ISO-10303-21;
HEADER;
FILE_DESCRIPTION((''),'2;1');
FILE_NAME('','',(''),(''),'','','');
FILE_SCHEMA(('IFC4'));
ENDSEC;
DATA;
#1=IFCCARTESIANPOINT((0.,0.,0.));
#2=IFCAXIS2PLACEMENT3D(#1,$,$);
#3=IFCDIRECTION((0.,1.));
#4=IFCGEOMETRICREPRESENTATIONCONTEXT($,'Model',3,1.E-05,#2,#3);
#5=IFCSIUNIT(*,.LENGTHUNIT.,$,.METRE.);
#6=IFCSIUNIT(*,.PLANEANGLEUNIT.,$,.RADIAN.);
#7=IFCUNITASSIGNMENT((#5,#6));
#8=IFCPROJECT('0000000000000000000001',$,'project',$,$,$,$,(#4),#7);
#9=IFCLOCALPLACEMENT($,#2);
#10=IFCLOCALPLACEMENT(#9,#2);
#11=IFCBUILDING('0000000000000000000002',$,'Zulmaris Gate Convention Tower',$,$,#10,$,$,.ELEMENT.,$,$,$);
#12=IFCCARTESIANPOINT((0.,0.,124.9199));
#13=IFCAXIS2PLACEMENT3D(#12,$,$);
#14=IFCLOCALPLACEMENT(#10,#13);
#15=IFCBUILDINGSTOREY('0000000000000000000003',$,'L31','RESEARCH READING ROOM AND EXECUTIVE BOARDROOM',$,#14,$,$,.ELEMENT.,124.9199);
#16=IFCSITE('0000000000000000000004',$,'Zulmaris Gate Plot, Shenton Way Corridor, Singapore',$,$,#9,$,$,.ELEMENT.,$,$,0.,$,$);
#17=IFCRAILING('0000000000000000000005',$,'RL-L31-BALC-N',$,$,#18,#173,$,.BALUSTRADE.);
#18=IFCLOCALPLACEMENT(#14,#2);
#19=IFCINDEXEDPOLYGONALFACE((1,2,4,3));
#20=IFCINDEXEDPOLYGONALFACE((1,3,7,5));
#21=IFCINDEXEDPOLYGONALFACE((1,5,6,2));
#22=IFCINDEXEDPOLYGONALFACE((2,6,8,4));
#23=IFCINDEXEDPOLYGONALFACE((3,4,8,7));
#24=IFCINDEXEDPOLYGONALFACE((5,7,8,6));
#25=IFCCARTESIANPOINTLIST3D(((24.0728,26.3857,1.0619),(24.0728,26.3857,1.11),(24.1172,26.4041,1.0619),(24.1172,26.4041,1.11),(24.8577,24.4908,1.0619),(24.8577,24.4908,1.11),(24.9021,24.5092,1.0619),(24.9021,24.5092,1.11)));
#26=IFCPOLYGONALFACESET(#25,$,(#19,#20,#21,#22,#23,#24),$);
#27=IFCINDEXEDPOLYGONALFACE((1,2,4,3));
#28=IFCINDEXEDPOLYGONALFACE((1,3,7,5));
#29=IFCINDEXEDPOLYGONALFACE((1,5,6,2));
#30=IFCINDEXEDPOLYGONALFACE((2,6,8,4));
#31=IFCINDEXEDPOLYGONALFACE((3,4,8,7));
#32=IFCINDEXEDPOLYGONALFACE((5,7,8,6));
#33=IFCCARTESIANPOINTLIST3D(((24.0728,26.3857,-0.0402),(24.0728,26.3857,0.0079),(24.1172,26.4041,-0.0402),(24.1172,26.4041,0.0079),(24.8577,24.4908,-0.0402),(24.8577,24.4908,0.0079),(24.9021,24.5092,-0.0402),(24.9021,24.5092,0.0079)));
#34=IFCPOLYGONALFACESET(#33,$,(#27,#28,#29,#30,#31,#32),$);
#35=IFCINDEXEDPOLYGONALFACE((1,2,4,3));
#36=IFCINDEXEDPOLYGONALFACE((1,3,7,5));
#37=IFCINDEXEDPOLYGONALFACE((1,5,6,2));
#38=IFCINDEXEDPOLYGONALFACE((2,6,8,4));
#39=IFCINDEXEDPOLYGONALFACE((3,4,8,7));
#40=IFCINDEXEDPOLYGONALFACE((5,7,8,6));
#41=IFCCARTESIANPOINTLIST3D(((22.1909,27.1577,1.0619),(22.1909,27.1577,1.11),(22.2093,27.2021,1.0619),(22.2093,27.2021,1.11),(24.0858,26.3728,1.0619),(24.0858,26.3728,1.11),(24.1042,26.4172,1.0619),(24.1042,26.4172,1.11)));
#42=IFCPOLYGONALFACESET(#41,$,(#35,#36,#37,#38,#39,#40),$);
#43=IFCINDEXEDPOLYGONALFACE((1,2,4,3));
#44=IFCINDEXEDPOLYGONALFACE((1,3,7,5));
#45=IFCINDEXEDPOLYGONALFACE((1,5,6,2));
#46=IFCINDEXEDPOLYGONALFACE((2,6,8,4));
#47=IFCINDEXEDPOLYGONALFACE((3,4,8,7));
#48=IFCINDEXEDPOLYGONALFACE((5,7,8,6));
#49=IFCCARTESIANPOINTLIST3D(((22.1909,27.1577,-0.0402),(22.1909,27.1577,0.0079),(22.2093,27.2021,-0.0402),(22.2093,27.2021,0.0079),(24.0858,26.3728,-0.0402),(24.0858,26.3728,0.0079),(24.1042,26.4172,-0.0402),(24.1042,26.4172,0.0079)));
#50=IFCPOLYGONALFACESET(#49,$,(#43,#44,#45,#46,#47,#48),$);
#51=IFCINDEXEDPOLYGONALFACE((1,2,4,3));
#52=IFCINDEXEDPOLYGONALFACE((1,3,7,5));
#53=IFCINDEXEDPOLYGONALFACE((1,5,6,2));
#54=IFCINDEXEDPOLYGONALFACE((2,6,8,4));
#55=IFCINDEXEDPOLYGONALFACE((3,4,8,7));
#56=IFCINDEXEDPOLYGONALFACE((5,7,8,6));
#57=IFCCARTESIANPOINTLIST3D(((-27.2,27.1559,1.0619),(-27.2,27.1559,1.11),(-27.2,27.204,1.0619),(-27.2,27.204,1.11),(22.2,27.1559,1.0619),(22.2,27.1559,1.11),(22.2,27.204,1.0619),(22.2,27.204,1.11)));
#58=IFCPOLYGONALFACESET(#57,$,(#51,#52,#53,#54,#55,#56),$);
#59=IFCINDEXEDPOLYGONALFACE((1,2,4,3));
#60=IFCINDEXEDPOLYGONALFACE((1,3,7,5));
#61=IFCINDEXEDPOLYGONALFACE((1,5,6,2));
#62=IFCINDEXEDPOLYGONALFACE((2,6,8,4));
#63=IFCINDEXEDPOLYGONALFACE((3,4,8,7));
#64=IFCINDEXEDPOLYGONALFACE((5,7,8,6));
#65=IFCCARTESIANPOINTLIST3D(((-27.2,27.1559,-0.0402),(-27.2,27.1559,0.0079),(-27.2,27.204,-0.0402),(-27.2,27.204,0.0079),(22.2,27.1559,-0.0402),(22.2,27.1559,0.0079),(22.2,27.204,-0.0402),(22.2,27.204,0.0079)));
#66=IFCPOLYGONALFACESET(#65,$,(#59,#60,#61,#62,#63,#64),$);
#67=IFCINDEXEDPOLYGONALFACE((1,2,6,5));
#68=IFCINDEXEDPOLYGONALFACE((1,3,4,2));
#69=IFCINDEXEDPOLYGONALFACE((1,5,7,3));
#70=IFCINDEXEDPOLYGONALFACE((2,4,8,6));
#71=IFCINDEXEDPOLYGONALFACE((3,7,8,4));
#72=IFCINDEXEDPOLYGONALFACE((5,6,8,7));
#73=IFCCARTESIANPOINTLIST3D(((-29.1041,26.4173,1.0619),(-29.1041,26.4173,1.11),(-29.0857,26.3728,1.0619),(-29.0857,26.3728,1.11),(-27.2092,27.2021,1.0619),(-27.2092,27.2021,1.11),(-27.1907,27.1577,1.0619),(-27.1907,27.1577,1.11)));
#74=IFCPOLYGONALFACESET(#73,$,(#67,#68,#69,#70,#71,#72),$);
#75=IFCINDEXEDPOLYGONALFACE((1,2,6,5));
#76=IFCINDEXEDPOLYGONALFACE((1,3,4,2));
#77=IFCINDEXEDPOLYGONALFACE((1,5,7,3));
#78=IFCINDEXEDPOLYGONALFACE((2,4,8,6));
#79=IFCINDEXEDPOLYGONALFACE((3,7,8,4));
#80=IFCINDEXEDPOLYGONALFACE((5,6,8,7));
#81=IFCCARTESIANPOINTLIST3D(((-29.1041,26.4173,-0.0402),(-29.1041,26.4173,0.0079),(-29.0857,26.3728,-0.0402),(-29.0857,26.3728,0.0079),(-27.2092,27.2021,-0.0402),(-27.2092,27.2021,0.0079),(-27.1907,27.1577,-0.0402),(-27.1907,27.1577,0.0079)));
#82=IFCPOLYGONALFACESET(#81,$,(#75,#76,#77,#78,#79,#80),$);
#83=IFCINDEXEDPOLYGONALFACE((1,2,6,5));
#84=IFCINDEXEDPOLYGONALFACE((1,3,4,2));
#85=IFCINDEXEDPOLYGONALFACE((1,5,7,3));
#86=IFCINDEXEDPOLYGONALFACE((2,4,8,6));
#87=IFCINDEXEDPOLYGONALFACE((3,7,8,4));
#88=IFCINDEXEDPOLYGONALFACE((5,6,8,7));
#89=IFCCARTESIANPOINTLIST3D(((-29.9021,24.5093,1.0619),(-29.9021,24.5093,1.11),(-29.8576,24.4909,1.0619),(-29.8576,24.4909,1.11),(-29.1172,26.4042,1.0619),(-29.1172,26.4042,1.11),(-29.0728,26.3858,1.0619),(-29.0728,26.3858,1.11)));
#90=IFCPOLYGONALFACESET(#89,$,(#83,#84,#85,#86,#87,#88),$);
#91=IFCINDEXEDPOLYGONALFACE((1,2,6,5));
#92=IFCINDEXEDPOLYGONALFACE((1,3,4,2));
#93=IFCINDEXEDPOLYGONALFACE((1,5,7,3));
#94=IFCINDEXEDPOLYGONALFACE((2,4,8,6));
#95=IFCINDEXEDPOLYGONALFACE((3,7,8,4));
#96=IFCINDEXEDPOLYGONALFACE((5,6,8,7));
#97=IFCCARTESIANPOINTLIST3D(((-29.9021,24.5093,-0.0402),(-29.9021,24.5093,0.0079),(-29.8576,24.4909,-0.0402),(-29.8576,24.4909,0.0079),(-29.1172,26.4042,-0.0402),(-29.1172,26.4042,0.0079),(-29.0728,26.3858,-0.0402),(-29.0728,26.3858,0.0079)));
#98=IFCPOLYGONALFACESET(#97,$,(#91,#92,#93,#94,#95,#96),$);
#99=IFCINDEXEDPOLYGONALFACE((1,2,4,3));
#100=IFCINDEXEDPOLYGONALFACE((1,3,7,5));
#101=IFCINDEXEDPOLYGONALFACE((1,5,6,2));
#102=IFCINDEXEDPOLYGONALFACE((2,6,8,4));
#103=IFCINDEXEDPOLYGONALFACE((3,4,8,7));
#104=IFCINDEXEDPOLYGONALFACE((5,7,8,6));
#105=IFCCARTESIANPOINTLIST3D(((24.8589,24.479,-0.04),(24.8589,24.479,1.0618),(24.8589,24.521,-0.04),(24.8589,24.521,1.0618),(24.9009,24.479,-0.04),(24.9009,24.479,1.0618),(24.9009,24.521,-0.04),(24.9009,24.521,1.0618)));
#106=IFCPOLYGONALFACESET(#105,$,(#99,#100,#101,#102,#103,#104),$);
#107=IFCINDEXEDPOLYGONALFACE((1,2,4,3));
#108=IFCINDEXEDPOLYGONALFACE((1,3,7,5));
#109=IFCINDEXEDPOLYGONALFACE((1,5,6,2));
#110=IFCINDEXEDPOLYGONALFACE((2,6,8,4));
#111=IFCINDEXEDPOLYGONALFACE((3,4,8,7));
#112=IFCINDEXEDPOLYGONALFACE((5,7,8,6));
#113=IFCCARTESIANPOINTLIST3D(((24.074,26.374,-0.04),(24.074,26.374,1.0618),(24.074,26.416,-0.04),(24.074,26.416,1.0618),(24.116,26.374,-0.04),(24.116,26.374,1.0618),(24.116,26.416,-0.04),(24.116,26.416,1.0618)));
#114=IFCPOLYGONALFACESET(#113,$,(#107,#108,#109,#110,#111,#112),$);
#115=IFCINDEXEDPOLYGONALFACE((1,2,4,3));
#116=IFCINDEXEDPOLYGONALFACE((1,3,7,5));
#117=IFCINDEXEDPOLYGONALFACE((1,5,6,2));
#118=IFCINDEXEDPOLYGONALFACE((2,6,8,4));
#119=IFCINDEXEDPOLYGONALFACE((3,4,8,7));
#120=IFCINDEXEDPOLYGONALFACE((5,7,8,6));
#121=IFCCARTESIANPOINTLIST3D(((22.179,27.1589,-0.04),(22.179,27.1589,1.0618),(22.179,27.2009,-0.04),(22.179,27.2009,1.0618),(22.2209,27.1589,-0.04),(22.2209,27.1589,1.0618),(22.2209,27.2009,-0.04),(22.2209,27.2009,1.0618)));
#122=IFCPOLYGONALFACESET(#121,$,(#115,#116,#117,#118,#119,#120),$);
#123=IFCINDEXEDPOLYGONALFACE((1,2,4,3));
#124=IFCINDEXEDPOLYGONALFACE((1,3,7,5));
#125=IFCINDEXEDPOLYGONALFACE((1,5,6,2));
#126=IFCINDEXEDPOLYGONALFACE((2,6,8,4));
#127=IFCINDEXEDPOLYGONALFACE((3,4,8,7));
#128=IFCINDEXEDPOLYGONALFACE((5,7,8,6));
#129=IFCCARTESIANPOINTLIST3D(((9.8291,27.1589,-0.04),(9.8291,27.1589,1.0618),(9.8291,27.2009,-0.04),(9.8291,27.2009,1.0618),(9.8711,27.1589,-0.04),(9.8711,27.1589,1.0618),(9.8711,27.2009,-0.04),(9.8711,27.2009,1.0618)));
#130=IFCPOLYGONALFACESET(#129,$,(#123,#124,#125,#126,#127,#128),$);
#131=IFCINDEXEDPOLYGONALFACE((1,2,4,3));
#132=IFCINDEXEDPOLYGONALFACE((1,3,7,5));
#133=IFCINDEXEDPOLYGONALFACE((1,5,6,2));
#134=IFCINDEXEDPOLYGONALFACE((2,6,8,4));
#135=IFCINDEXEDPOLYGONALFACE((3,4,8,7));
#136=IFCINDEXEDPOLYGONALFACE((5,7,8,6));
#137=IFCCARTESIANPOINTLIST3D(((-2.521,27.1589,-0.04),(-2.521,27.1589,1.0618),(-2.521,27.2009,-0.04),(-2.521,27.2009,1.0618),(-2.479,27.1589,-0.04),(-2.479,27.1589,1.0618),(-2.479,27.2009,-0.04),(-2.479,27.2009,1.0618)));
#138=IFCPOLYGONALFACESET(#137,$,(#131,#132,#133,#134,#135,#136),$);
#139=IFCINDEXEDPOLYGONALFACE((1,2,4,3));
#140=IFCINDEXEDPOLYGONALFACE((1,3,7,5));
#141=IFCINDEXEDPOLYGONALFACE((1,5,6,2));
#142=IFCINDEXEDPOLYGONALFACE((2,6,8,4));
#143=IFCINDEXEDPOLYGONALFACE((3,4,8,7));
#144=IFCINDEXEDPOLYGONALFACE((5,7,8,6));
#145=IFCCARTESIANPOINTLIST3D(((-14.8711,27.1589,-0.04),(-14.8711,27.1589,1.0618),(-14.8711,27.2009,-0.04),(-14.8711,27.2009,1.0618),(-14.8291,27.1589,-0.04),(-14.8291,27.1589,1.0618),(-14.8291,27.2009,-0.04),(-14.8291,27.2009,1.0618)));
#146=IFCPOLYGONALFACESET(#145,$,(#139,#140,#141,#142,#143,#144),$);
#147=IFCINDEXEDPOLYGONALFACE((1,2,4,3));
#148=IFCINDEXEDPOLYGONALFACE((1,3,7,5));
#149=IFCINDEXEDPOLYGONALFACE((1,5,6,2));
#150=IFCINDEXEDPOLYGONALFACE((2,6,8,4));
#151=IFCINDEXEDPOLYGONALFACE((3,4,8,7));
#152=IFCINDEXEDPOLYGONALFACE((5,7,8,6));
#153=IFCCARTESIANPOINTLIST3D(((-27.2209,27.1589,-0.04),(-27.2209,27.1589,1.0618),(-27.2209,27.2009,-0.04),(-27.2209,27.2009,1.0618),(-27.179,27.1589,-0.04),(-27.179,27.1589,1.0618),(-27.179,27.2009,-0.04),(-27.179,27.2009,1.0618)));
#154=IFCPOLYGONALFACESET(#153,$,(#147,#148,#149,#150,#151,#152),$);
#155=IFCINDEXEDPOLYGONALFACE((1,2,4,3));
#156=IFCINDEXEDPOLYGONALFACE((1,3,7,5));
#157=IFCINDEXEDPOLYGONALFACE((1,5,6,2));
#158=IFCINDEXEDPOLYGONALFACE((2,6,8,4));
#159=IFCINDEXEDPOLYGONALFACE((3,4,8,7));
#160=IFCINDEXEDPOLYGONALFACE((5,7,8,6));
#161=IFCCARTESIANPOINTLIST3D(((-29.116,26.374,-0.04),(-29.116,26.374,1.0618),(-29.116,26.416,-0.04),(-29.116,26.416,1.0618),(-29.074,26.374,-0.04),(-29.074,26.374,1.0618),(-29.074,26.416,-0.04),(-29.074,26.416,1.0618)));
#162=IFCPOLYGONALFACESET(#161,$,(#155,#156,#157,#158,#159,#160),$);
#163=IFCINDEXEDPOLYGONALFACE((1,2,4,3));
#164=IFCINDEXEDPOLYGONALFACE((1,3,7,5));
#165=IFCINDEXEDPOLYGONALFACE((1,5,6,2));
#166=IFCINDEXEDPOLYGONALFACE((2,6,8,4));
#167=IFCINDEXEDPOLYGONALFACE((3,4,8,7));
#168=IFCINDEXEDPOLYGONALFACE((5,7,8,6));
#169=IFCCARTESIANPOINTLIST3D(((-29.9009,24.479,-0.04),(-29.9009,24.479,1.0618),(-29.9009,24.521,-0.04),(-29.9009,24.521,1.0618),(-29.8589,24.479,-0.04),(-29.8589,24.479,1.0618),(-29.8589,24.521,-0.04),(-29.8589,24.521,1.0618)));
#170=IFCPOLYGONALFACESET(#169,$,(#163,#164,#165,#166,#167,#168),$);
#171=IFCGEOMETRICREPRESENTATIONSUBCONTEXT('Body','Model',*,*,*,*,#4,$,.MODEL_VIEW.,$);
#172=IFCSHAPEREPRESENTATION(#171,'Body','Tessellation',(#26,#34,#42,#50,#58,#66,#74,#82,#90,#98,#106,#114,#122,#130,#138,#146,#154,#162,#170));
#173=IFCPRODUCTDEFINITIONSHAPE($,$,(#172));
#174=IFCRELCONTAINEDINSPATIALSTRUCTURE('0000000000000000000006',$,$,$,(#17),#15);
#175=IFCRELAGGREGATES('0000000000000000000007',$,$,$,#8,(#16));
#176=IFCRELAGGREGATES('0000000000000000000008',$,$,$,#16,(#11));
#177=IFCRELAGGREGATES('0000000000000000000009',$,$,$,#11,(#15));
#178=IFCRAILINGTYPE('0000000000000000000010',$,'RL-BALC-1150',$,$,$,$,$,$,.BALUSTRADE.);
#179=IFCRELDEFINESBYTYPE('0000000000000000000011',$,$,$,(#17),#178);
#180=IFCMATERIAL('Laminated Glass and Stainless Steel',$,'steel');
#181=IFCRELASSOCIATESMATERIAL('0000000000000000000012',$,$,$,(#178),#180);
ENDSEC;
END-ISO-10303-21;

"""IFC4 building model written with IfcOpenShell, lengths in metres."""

from ifc_helpers import new_model, si_unit, direction, frame, origin, origin_2d, place, context, subcontext, project, spatial, rectangle, extrude, material, type_object, element, save


model = new_model("IFC4")

# Units and contexts
model_context = context("Model", 3, precision=1e-05, world=origin(), true_north=direction((0.0, 1.0)))
body_context = subcontext(model_context, "Body", "Model", "MODEL_VIEW")
ifc_project = project(units=[si_unit("LENGTHUNIT", "METRE"), si_unit("PLANEANGLEUNIT", "RADIAN")], contexts=[model_context])

# Site, building, storey
site_placement = place(None, origin())
site = spatial("IfcSite", under=ifc_project, at=site_placement, Name="Zulmaris Gate Plot, Shenton Way Corridor, Singapore", CompositionType="ELEMENT", RefElevation=0.0)
building_placement = place(site_placement, origin())
building = spatial("IfcBuilding", under=site, at=building_placement, Name="Zulmaris Gate Convention Tower", CompositionType="ELEMENT")
storey_placement = place(building_placement, frame((0.0, 0.0, 124.9199)))
storey = spatial("IfcBuildingStorey", under=building, at=storey_placement, Name="L31", Description="RESEARCH READING ROOM AND EXECUTIVE BOARDROOM", CompositionType="ELEMENT", Elevation=124.9199)

# Railing
ifc_material_1 = material(Name="Laminated Glass and Stainless Steel", Category="steel")
railing_type = type_object("IfcRailingType", Name="RL-BALC-1150", PredefinedType="BALUSTRADE", material=ifc_material_1)
railing_placement = place(storey_placement, frame((24.8799, 24.5, -0.04)))
element("IfcRailing", 1, at=railing_placement, inside=storey, type_object=railing_type, Name="RL-L31-BALC-N", PredefinedType="BALUSTRADE", context=body_context, shape_type="SweptSolid", body=[
    extrude(rectangle(XDim=0.0481, YDim=0.0481, at=origin_2d()), frame((0.0, 0.0, 1.126), z_axis=(-0.382671, 0.923885, 0.0), x_axis=(-0.923885, -0.382671, 0.0)), (0.0, 0.0, 1.0), 2.051),
    extrude(rectangle(XDim=0.0481, YDim=0.0481, at=origin_2d()), frame((0.0, 0.0, 0.0239), z_axis=(-0.382671, 0.923885, 0.0), x_axis=(-0.923885, -0.382671, 0.0)), (0.0, 0.0, 1.0), 2.051),
    extrude(rectangle(XDim=0.0481, YDim=0.0481, at=origin_2d()), frame((-0.7849, 1.895, 1.126), z_axis=(-0.923885, 0.382671, 0.0), x_axis=(-0.382671, -0.923885, 0.0)), (0.0, 0.0, 1.0), 2.051),
    extrude(rectangle(XDim=0.0481, YDim=0.0481, at=origin_2d()), frame((-0.7849, 1.895, 0.0239), z_axis=(-0.923885, 0.382671, 0.0), x_axis=(-0.382671, -0.923885, 0.0)), (0.0, 0.0, 1.0), 2.051),
    extrude(rectangle(XDim=0.0481, YDim=0.0481, at=origin_2d()), frame((-2.6799, 2.6799, 1.126), z_axis=(-1.0, 0.0, 0.0), x_axis=(0.0, -1.0, 0.0)), (0.0, 0.0, 1.0), 49.3999),
    extrude(rectangle(XDim=0.0481, YDim=0.0481, at=origin_2d()), frame((-2.6799, 2.6799, 0.0239), z_axis=(-1.0, 0.0, 0.0), x_axis=(0.0, -1.0, 0.0)), (0.0, 0.0, 1.0), 49.3999),
    extrude(rectangle(XDim=0.0481, YDim=0.0481, at=origin_2d()), frame((-52.0798, 2.6799, 1.126), z_axis=(-0.923885, -0.382671, 0.0), x_axis=(0.382671, -0.923885, 0.0)), (0.0, 0.0, 1.0), 2.051),
    extrude(rectangle(XDim=0.0481, YDim=0.0481, at=origin_2d()), frame((-52.0798, 2.6799, 0.0239), z_axis=(-0.923885, -0.382671, 0.0), x_axis=(0.382671, -0.923885, 0.0)), (0.0, 0.0, 1.0), 2.051),
    extrude(rectangle(XDim=0.0481, YDim=0.0481, at=origin_2d()), frame((-53.9749, 1.895, 1.126), z_axis=(-0.382671, -0.923885, 0.0), x_axis=(0.923885, -0.382671, 0.0)), (0.0, 0.0, 1.0), 2.051),
    extrude(rectangle(XDim=0.0481, YDim=0.0481, at=origin_2d()), frame((-53.9749, 1.895, 0.0239), z_axis=(-0.382671, -0.923885, 0.0), x_axis=(0.923885, -0.382671, 0.0)), (0.0, 0.0, 1.0), 2.051),
    extrude(rectangle(XDim=0.042, YDim=0.042, at=origin_2d()), origin(), (0.0, 0.0, 1.0), 1.1018),
    extrude(rectangle(XDim=0.042, YDim=0.042, at=origin_2d()), frame((-0.7849, 1.895, 0.0)), (0.0, 0.0, 1.0), 1.1018),
    extrude(rectangle(XDim=0.042, YDim=0.042, at=origin_2d()), frame((-2.6799, 2.6799, 0.0)), (0.0, 0.0, 1.0), 1.1018),
    extrude(rectangle(XDim=0.042, YDim=0.042, at=origin_2d()), frame((-15.0298, 2.6799, 0.0)), (0.0, 0.0, 1.0), 1.1018),
    extrude(rectangle(XDim=0.042, YDim=0.042, at=origin_2d()), frame((-27.3799, 2.6799, 0.0)), (0.0, 0.0, 1.0), 1.1018),
    extrude(rectangle(XDim=0.042, YDim=0.042, at=origin_2d()), frame((-39.73, 2.6799, 0.0)), (0.0, 0.0, 1.0), 1.1018),
    extrude(rectangle(XDim=0.042, YDim=0.042, at=origin_2d()), frame((-52.0798, 2.6799, 0.0)), (0.0, 0.0, 1.0), 1.1018),
    extrude(rectangle(XDim=0.042, YDim=0.042, at=origin_2d()), frame((-53.9749, 1.895, 0.0)), (0.0, 0.0, 1.0), 1.1018),
    extrude(rectangle(XDim=0.042, YDim=0.042, at=origin_2d()), frame((-54.7598, 0.0, 0.0)), (0.0, 0.0, 1.0), 1.1018),
])

save(model, "model.ifc")
